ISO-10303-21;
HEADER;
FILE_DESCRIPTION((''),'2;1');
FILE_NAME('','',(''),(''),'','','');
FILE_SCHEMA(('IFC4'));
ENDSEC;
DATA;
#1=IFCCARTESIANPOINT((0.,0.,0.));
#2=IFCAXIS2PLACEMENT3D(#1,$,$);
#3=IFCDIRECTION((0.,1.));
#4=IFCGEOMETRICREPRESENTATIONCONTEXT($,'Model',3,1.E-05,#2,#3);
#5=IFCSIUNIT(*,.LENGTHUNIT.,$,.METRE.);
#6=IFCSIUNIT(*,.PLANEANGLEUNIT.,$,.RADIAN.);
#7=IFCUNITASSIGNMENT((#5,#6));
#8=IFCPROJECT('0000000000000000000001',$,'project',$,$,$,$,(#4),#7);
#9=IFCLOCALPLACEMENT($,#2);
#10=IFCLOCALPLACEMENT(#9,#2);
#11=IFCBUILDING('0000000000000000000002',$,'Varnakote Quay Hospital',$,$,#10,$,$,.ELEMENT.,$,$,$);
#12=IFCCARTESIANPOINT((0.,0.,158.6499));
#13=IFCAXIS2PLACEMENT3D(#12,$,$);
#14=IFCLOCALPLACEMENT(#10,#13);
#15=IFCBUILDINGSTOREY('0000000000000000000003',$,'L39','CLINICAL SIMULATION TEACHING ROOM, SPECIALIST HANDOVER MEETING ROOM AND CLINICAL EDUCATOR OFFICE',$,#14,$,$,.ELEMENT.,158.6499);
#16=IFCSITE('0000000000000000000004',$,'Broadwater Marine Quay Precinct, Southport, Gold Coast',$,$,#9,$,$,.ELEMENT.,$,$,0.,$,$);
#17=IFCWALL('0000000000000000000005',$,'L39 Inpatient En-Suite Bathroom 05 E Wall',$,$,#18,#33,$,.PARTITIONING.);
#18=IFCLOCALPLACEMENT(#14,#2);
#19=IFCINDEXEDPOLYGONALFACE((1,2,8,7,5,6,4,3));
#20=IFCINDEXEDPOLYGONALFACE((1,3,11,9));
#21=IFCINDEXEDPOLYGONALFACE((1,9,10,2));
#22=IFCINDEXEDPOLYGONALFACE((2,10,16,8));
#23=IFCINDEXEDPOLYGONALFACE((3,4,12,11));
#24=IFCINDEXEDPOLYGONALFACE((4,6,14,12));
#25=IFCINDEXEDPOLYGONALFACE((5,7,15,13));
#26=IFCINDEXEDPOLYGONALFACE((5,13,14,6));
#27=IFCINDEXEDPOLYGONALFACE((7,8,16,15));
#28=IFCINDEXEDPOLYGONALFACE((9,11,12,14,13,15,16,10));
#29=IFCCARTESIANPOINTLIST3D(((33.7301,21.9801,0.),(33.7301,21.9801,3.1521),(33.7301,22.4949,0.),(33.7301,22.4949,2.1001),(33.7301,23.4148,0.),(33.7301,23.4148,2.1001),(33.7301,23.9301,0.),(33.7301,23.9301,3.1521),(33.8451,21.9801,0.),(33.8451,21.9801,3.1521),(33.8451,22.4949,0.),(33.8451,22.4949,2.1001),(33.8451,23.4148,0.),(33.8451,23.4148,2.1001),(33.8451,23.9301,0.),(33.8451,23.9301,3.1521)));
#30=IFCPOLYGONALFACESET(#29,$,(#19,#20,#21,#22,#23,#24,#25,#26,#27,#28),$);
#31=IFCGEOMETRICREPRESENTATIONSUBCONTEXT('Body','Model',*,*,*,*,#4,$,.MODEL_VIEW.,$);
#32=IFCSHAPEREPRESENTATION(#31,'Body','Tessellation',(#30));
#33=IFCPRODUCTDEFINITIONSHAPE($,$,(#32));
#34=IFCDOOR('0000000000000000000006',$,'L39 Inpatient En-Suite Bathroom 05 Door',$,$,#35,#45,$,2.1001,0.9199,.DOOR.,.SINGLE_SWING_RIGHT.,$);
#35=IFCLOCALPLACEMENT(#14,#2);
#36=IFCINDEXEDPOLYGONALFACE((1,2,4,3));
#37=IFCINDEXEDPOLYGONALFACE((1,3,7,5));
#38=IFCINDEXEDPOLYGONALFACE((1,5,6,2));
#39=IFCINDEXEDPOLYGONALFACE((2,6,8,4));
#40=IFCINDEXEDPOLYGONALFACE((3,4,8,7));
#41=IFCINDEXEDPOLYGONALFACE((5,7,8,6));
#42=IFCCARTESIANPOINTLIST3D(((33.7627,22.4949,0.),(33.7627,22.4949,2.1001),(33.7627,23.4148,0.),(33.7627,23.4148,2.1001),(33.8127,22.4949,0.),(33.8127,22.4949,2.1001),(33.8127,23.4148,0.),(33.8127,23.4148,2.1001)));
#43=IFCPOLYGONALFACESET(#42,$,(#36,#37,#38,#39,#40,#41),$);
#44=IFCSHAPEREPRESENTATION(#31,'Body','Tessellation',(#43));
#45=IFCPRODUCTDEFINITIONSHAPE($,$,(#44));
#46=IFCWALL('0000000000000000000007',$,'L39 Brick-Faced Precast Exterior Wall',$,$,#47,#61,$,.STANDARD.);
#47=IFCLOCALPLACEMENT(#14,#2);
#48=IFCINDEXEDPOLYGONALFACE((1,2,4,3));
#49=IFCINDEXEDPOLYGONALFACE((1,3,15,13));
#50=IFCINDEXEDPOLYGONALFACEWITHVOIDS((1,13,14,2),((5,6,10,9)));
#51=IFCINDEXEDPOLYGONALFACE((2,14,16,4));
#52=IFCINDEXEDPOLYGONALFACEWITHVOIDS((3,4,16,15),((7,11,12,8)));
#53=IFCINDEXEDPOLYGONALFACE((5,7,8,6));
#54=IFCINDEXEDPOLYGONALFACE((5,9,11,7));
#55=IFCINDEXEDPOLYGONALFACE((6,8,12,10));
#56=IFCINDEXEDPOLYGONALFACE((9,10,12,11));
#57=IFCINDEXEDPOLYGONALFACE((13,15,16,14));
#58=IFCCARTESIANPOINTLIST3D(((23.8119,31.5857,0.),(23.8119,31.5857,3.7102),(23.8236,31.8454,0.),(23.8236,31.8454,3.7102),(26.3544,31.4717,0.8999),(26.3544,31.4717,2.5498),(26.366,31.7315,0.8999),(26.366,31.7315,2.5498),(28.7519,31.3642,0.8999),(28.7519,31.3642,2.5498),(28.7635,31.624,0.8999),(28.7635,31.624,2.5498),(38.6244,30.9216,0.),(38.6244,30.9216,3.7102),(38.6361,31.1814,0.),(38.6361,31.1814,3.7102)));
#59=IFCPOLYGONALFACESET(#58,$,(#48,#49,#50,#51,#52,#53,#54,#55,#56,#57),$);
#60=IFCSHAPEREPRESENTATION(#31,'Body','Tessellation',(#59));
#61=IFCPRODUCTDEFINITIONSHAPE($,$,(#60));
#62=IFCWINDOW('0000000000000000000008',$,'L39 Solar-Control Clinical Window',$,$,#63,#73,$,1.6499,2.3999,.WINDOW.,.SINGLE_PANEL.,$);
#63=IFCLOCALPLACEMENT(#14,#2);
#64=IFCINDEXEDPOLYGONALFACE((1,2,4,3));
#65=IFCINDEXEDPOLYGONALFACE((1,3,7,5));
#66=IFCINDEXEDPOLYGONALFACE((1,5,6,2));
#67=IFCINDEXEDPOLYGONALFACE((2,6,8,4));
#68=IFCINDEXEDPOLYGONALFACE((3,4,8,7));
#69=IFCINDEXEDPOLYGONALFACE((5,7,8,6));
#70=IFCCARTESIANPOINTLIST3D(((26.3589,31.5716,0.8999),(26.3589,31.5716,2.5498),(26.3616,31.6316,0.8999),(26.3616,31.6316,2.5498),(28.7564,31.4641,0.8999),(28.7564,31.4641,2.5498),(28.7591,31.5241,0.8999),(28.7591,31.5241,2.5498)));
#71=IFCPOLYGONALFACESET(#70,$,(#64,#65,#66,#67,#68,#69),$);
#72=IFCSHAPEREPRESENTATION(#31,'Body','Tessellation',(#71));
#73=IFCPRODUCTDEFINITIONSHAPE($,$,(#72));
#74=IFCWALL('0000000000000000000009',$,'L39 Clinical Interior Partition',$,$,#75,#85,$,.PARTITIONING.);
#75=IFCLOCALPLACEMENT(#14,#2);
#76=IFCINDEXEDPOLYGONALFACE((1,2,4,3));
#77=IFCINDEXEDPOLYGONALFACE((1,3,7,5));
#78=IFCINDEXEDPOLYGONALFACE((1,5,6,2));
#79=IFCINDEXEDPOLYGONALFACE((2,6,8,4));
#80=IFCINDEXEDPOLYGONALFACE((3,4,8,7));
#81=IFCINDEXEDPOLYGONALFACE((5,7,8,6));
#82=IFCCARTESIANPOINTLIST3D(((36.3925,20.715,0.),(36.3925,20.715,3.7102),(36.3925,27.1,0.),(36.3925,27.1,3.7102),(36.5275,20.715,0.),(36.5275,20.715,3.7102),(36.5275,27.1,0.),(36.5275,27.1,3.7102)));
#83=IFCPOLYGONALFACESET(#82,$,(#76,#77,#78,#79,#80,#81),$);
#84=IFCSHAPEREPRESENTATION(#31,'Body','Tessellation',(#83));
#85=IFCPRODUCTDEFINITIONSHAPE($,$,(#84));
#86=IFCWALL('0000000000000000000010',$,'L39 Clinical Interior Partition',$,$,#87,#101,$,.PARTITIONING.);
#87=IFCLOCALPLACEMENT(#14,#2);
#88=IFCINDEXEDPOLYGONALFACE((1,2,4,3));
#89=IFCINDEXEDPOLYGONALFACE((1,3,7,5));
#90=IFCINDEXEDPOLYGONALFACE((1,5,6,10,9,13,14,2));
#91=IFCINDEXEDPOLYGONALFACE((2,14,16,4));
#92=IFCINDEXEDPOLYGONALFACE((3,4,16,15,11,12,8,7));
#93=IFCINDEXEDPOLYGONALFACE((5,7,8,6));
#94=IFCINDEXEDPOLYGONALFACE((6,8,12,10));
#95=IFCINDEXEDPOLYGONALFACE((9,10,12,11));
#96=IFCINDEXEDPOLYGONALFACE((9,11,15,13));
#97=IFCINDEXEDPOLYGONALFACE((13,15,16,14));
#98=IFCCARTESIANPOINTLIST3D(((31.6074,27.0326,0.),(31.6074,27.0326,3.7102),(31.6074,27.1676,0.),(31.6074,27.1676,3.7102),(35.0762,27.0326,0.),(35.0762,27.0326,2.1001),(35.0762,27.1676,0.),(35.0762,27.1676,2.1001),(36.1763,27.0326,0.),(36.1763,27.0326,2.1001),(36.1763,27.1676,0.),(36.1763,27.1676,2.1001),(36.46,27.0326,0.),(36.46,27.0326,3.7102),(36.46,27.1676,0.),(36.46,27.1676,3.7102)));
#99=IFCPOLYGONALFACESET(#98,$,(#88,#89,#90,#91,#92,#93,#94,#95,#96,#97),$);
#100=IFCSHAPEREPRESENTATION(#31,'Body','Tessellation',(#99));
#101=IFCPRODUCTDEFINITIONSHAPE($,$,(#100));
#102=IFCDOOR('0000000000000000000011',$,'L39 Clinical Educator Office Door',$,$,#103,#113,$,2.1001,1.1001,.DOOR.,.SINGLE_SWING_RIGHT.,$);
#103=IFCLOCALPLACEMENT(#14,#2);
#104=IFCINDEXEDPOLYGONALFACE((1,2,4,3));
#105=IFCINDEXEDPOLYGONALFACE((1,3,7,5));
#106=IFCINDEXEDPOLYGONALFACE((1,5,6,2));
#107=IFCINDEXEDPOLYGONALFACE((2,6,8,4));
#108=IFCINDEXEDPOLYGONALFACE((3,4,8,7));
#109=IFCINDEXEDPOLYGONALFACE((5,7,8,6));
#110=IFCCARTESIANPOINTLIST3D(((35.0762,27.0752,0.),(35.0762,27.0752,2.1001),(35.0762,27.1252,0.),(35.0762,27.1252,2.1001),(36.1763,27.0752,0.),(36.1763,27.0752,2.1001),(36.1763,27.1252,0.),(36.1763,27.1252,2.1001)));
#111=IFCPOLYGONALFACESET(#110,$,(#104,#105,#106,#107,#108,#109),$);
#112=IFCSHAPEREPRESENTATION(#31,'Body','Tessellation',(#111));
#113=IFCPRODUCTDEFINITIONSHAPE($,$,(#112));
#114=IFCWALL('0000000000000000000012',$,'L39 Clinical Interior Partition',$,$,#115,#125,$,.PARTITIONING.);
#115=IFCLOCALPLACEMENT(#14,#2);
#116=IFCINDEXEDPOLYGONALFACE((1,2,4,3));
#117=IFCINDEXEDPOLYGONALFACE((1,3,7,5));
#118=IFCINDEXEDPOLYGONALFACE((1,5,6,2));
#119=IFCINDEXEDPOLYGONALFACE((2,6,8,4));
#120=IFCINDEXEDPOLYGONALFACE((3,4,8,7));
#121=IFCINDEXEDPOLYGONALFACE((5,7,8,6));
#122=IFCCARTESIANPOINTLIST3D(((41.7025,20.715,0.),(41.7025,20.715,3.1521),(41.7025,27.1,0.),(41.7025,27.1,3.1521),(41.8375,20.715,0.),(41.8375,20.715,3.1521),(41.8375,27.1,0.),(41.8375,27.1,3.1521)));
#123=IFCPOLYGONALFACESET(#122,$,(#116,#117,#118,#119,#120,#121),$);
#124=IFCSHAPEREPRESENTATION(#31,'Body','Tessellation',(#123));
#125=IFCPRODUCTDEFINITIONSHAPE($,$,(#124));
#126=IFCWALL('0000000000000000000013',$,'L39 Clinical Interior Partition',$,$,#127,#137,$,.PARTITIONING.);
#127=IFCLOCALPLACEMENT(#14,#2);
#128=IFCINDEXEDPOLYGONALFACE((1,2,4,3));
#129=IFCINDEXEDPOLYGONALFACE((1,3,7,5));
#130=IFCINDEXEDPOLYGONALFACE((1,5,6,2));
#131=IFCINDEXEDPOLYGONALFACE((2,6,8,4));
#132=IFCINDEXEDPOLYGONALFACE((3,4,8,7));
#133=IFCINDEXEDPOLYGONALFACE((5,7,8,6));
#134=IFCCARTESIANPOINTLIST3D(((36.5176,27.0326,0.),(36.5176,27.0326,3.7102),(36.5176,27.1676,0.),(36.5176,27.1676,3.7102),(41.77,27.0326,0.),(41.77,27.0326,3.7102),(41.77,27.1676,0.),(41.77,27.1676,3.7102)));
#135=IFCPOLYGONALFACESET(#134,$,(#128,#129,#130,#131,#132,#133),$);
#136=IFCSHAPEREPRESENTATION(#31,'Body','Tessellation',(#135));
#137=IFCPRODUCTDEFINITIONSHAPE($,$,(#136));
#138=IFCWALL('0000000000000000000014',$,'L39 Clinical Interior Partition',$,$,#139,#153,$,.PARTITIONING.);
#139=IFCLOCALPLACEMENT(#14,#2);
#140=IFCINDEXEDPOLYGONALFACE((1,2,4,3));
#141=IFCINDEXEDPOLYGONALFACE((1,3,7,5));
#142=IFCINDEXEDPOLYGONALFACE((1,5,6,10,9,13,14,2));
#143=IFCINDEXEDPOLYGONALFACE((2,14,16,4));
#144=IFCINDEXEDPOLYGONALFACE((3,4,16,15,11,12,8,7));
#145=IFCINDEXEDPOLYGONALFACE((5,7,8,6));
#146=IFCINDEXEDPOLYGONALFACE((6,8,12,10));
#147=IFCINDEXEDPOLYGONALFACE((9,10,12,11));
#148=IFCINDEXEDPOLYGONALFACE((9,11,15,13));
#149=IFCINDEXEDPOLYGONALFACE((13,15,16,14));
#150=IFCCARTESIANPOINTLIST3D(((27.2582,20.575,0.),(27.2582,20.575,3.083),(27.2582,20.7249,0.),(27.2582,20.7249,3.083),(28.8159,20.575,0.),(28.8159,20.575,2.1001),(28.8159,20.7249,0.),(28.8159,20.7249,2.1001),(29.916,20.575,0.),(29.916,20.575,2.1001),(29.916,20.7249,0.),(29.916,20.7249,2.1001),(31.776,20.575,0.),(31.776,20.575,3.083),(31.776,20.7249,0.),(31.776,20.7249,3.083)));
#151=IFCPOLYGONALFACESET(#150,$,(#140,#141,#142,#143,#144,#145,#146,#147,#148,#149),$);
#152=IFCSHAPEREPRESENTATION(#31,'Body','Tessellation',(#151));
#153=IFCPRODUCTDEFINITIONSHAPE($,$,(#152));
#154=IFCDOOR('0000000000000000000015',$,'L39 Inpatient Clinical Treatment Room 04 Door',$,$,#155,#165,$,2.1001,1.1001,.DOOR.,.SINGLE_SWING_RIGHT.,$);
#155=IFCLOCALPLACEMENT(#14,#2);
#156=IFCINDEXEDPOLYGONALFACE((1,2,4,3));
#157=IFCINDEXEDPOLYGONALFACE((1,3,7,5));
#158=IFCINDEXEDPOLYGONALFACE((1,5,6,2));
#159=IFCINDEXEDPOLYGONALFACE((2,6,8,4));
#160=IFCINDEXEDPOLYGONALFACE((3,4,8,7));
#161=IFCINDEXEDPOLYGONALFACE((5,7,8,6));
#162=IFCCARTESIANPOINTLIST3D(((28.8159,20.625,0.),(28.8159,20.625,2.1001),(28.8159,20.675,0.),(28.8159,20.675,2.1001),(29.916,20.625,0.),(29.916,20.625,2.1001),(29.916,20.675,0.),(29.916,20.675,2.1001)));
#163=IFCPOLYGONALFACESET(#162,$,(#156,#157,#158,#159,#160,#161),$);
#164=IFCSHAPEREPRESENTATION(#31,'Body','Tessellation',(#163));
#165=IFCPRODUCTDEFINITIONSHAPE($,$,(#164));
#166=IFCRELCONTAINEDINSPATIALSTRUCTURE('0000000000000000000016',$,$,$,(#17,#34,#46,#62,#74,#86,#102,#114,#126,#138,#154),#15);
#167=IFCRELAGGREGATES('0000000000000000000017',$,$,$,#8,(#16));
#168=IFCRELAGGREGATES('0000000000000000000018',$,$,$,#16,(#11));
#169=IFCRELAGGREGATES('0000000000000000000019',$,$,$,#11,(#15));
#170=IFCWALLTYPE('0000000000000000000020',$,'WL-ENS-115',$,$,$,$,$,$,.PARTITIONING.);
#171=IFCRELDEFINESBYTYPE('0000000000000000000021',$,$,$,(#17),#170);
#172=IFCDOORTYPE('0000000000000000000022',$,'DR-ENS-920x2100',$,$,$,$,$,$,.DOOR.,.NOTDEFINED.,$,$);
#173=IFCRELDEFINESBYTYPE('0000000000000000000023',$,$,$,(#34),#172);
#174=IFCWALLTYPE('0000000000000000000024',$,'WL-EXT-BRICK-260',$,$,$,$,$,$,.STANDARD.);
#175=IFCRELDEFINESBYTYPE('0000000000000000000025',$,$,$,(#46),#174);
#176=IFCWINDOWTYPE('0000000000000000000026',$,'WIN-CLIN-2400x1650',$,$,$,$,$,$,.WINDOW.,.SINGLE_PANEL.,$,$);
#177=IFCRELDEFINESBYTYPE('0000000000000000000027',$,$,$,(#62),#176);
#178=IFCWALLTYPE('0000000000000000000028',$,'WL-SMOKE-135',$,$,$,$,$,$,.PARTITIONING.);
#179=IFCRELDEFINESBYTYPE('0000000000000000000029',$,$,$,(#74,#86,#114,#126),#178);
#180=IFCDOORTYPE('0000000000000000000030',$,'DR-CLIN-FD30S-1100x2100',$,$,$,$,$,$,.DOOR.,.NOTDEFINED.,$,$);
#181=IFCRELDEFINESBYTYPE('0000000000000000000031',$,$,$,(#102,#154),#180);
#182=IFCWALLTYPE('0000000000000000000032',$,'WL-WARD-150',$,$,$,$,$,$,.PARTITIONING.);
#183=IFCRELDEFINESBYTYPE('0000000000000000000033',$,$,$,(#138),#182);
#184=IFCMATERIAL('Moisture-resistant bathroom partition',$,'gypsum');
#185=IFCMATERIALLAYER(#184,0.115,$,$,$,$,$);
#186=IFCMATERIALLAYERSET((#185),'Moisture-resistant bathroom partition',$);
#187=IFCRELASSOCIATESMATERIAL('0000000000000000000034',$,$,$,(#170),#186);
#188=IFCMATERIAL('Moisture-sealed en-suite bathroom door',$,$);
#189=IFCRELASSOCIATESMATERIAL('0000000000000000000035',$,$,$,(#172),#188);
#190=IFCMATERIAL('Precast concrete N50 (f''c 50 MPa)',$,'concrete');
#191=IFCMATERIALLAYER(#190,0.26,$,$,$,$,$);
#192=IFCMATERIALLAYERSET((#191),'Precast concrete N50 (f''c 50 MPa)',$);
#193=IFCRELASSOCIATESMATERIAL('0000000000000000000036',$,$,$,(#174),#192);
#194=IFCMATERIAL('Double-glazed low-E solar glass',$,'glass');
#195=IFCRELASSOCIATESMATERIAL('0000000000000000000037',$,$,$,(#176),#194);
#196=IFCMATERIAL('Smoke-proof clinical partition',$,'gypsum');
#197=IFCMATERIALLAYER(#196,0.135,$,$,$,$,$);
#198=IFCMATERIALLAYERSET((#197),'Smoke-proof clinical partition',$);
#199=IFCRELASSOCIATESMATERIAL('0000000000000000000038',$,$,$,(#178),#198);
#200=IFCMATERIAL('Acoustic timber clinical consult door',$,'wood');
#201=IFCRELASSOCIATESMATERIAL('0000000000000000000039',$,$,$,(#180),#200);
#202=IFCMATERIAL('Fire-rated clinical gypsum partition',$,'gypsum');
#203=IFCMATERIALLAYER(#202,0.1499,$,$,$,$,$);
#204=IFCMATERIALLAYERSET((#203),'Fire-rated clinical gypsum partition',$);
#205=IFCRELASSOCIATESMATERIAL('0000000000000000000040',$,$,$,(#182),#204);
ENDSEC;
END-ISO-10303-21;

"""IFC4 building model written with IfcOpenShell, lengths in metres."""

from ifc_helpers import new_model, si_unit, direction, frame, frame_2d, origin, place, context, subcontext, project, spatial, rectangle, extrude, material, layer, layer_set, type_object, element, fill, save


model = new_model("IFC4")

# Units and contexts
model_context = context("Model", 3, precision=1e-05, world=origin(), true_north=direction((0.0, 1.0)))
body_context = subcontext(model_context, "Body", "Model", "MODEL_VIEW")
ifc_project = project(units=[si_unit("LENGTHUNIT", "METRE"), si_unit("PLANEANGLEUNIT", "RADIAN")], contexts=[model_context])

# Site, building, storey
site_placement = place(None, origin())
site = spatial("IfcSite", under=ifc_project, at=site_placement, Name="Broadwater Marine Quay Precinct, Southport, Gold Coast", CompositionType="ELEMENT", RefElevation=0.0)
building_placement = place(site_placement, origin())
building = spatial("IfcBuilding", under=site, at=building_placement, Name="Varnakote Quay Hospital", CompositionType="ELEMENT")
storey_placement = place(building_placement, frame((0.0, 0.0, 158.6499)))
storey = spatial("IfcBuildingStorey", under=building, at=storey_placement, Name="L39", Description="CLINICAL SIMULATION TEACHING ROOM, SPECIALIST HANDOVER MEETING ROOM AND CLINICAL EDUCATOR OFFICE", CompositionType="ELEMENT", Elevation=158.6499)

# Shared definitions
ifc_material_1 = material(Name="Moisture-resistant bathroom partition", Category="gypsum")
ifc_layer_1 = layer(ifc_material_1, 0.115)
ifc_layer_set_1 = layer_set([ifc_layer_1], Name="Moisture-resistant bathroom partition")
wall_type_1 = type_object("IfcWallType", Name="WL-ENS-115", PredefinedType="PARTITIONING", material=ifc_layer_set_1)

# Wall, opening, door
wall_1_placement = place(storey_placement, frame((33.7876, 21.98, 0.0), z_axis=(0.0, 0.0, 1.0), x_axis=(0.0, 1.0, 0.0)))
wall_1 = element("IfcWall", 1, at=wall_1_placement, inside=storey, type_object=wall_type_1, Name="L39 Inpatient En-Suite Bathroom 05 E Wall", PredefinedType="PARTITIONING", context=body_context, shape_type="SweptSolid", body=[
    extrude(rectangle(XDim=1.95, YDim=0.115, at=frame_2d((0.9751, 0.0))), origin(), (0.0, 0.0, 1.0), 3.1521),
])
opening_1_placement = place(wall_1_placement, frame((0.5149, 0.0, 0.0)))
opening_1 = element("IfcOpeningElement", 2, at=opening_1_placement, cuts=wall_1, PredefinedType="OPENING", context=body_context, shape_type="SweptSolid", body=[
    extrude(rectangle(XDim=0.9199, YDim=2.1001, at=frame_2d((0.46, 1.05))), frame((0.0, 0.0674, 0.0), z_axis=(0.0, -1.0, 0.0), x_axis=(1.0, 0.0, 0.0)), (0.0, 0.0, 1.0), 0.135),
])
ifc_material_2 = material(Name="Moisture-sealed en-suite bathroom door")
door_type_1 = type_object("IfcDoorType", Name="DR-ENS-920x2100", OperationType="NOTDEFINED", PredefinedType="DOOR", material=ifc_material_2)
door_1_placement = place(opening_1_placement, origin())
door_1 = element("IfcDoor", 3, at=door_1_placement, inside=storey, type_object=door_type_1, Name="L39 Inpatient En-Suite Bathroom 05 Door", OperationType="SINGLE_SWING_RIGHT", OverallHeight=2.1001, OverallWidth=0.9199, PredefinedType="DOOR", context=body_context, shape_type="SweptSolid", body=[
    extrude(rectangle(XDim=0.9199, YDim=2.1001, at=frame_2d((0.46, 1.05))), frame((0.0, 0.0249, 0.0), z_axis=(0.0, -1.0, 0.0), x_axis=(1.0, 0.0, 0.0)), (0.0, 0.0, 1.0), 0.05),
])
fill(opening_1, door_1)

# Wall, opening, window
ifc_material_3 = material(Name="Precast concrete N50 (f'c 50 MPa)", Category="concrete")
ifc_layer_2 = layer(ifc_material_3, 0.26)
ifc_layer_set_2 = layer_set([ifc_layer_2], Name="Precast concrete N50 (f'c 50 MPa)")
wall_type_2 = type_object("IfcWallType", Name="WL-EXT-BRICK-260", PredefinedType="STANDARD", material=ifc_layer_set_2)
wall_2_placement = place(storey_placement, frame((38.6301, 31.0515, 0.0), z_axis=(0.0, 0.0, 1.0), x_axis=(-0.998997, 0.044786, 0.0)))
wall_2 = element("IfcWall", 4, at=wall_2_placement, inside=storey, type_object=wall_type_2, Name="L39 Brick-Faced Precast Exterior Wall", PredefinedType="STANDARD", context=body_context, shape_type="SweptSolid", body=[
    extrude(rectangle(XDim=14.8274, YDim=0.26, at=frame_2d((7.4136, 0.0))), origin(), (0.0, 0.0, 1.0), 3.7102),
])
opening_2_placement = place(wall_2_placement, frame((9.8823, 0.0, 0.8999)))
opening_2 = element("IfcOpeningElement", 5, at=opening_2_placement, cuts=wall_2, PredefinedType="OPENING", context=body_context, shape_type="SweptSolid", body=[
    extrude(rectangle(XDim=2.3999, YDim=1.6499, at=frame_2d((1.2, 0.825))), frame((0.0, 0.1399, 0.0), z_axis=(0.0, -1.0, 0.0), x_axis=(1.0, 0.0, 0.0)), (0.0, 0.0, 1.0), 0.28),
])
ifc_material_4 = material(Name="Double-glazed low-E solar glass", Category="glass")
window_type = type_object("IfcWindowType", Name="WIN-CLIN-2400x1650", PartitioningType="SINGLE_PANEL", PredefinedType="WINDOW", material=ifc_material_4)
window_placement = place(opening_2_placement, origin())
window = element("IfcWindow", 6, at=window_placement, inside=storey, type_object=window_type, Name="L39 Solar-Control Clinical Window", OverallHeight=1.6499, OverallWidth=2.3999, PartitioningType="SINGLE_PANEL", PredefinedType="WINDOW", context=body_context, shape_type="SweptSolid", body=[
    extrude(rectangle(XDim=2.3999, YDim=1.6499, at=frame_2d((1.2, 0.825))), frame((0.0, 0.03, 0.0), z_axis=(0.0, -1.0, 0.0), x_axis=(1.0, 0.0, 0.0)), (0.0, 0.0, 1.0), 0.0601),
])
fill(opening_2, window)

# Wall
ifc_material_5 = material(Name="Smoke-proof clinical partition", Category="gypsum")
ifc_layer_3 = layer(ifc_material_5, 0.135)
ifc_layer_set_3 = layer_set([ifc_layer_3], Name="Smoke-proof clinical partition")
wall_type_3 = type_object("IfcWallType", Name="WL-SMOKE-135", PredefinedType="PARTITIONING", material=ifc_layer_set_3)
wall_3_placement = place(storey_placement, frame((36.46, 20.7151, 0.0), z_axis=(0.0, 0.0, 1.0), x_axis=(0.0, 1.0, 0.0)))
element("IfcWall", 7, at=wall_3_placement, inside=storey, type_object=wall_type_3, Name="L39 Clinical Interior Partition", PredefinedType="PARTITIONING", context=body_context, shape_type="SweptSolid", body=[
    extrude(rectangle(XDim=6.385, YDim=0.135, at=frame_2d((3.1924, 0.0))), origin(), (0.0, 0.0, 1.0), 3.7102),
])

# Wall, opening, door
wall_4_placement = place(storey_placement, frame((36.46, 27.1001, 0.0), z_axis=(0.0, 0.0, 1.0), x_axis=(-1.0, 0.0, 0.0)))
wall_4 = element("IfcWall", 8, at=wall_4_placement, inside=storey, type_object=wall_type_3, Name="L39 Clinical Interior Partition", PredefinedType="PARTITIONING", context=body_context, shape_type="SweptSolid", body=[
    extrude(rectangle(XDim=4.8525, YDim=0.135, at=frame_2d((2.4263, 0.0))), origin(), (0.0, 0.0, 1.0), 3.7102),
])
opening_3_placement = place(wall_4_placement, frame((0.2837, 0.0, 0.0)))
opening_3 = element("IfcOpeningElement", 9, at=opening_3_placement, cuts=wall_4, PredefinedType="OPENING", context=body_context, shape_type="SweptSolid", body=[
    extrude(rectangle(XDim=1.1001, YDim=2.1001, at=frame_2d((0.55, 1.05))), frame((0.0, 0.0774, 0.0), z_axis=(0.0, -1.0, 0.0), x_axis=(1.0, 0.0, 0.0)), (0.0, 0.0, 1.0), 0.155),
])
ifc_material_6 = material(Name="Acoustic timber clinical consult door", Category="wood")
door_type_2 = type_object("IfcDoorType", Name="DR-CLIN-FD30S-1100x2100", OperationType="NOTDEFINED", PredefinedType="DOOR", material=ifc_material_6)
door_2_placement = place(opening_3_placement, origin())
door_2 = element("IfcDoor", 10, at=door_2_placement, inside=storey, type_object=door_type_2, Name="L39 Clinical Educator Office Door", OperationType="SINGLE_SWING_RIGHT", OverallHeight=2.1001, OverallWidth=1.1001, PredefinedType="DOOR", context=body_context, shape_type="SweptSolid", body=[
    extrude(rectangle(XDim=1.1001, YDim=2.1001, at=frame_2d((0.55, 1.05))), frame((0.0, 0.0249, 0.0), z_axis=(0.0, -1.0, 0.0), x_axis=(1.0, 0.0, 0.0)), (0.0, 0.0, 1.0), 0.05),
])
fill(opening_3, door_2)

# Walls
wall_5_placement = place(storey_placement, frame((41.77, 20.7151, 0.0), z_axis=(0.0, 0.0, 1.0), x_axis=(0.0, 1.0, 0.0)))
element("IfcWall", 11, at=wall_5_placement, inside=storey, type_object=wall_type_3, Name="L39 Clinical Interior Partition", PredefinedType="PARTITIONING", context=body_context, shape_type="SweptSolid", body=[
    extrude(rectangle(XDim=6.385, YDim=0.135, at=frame_2d((3.1924, 0.0))), origin(), (0.0, 0.0, 1.0), 3.1521),
])
wall_6_placement = place(storey_placement, frame((41.77, 27.1001, 0.0), z_axis=(0.0, 0.0, 1.0), x_axis=(-1.0, 0.0, 0.0)))
element("IfcWall", 12, at=wall_6_placement, inside=storey, type_object=wall_type_3, Name="L39 Clinical Interior Partition", PredefinedType="PARTITIONING", context=body_context, shape_type="SweptSolid", body=[
    extrude(rectangle(XDim=5.2524, YDim=0.135, at=frame_2d((2.6262, 0.0))), origin(), (0.0, 0.0, 1.0), 3.7102),
])

# Wall, opening, door
ifc_material_7 = material(Name="Fire-rated clinical gypsum partition", Category="gypsum")
ifc_layer_4 = layer(ifc_material_7, 0.1499)
ifc_layer_set_4 = layer_set([ifc_layer_4], Name="Fire-rated clinical gypsum partition")
wall_type_4 = type_object("IfcWallType", Name="WL-WARD-150", PredefinedType="PARTITIONING", material=ifc_layer_set_4)
wall_7_placement = place(storey_placement, frame((31.7759, 20.6499, 0.0), z_axis=(0.0, 0.0, 1.0), x_axis=(-1.0, 0.0, 0.0)))
wall_7 = element("IfcWall", 13, at=wall_7_placement, inside=storey, type_object=wall_type_4, Name="L39 Clinical Interior Partition", PredefinedType="PARTITIONING", context=body_context, shape_type="SweptSolid", body=[
    extrude(rectangle(XDim=4.5178, YDim=0.1499, at=frame_2d((2.2588, 0.0))), origin(), (0.0, 0.0, 1.0), 3.083),
])
opening_4_placement = place(wall_7_placement, frame((1.8599, 0.0, 0.0)))
opening_4 = element("IfcOpeningElement", 14, at=opening_4_placement, cuts=wall_7, PredefinedType="OPENING", context=body_context, shape_type="SweptSolid", body=[
    extrude(rectangle(XDim=1.1001, YDim=2.1001, at=frame_2d((0.55, 1.05))), frame((0.0, 0.085, 0.0), z_axis=(0.0, -1.0, 0.0), x_axis=(1.0, 0.0, 0.0)), (0.0, 0.0, 1.0), 0.1699),
])
door_3_placement = place(opening_4_placement, origin())
door_3 = element("IfcDoor", 15, at=door_3_placement, inside=storey, type_object=door_type_2, Name="L39 Inpatient Clinical Treatment Room 04 Door", OperationType="SINGLE_SWING_RIGHT", OverallHeight=2.1001, OverallWidth=1.1001, PredefinedType="DOOR", context=body_context, shape_type="SweptSolid", body=[
    extrude(rectangle(XDim=1.1001, YDim=2.1001, at=frame_2d((0.55, 1.05))), frame((0.0, 0.0249, 0.0), z_axis=(0.0, -1.0, 0.0), x_axis=(1.0, 0.0, 0.0)), (0.0, 0.0, 1.0), 0.05),
])
fill(opening_4, door_3)

save(model, "model.ifc")
